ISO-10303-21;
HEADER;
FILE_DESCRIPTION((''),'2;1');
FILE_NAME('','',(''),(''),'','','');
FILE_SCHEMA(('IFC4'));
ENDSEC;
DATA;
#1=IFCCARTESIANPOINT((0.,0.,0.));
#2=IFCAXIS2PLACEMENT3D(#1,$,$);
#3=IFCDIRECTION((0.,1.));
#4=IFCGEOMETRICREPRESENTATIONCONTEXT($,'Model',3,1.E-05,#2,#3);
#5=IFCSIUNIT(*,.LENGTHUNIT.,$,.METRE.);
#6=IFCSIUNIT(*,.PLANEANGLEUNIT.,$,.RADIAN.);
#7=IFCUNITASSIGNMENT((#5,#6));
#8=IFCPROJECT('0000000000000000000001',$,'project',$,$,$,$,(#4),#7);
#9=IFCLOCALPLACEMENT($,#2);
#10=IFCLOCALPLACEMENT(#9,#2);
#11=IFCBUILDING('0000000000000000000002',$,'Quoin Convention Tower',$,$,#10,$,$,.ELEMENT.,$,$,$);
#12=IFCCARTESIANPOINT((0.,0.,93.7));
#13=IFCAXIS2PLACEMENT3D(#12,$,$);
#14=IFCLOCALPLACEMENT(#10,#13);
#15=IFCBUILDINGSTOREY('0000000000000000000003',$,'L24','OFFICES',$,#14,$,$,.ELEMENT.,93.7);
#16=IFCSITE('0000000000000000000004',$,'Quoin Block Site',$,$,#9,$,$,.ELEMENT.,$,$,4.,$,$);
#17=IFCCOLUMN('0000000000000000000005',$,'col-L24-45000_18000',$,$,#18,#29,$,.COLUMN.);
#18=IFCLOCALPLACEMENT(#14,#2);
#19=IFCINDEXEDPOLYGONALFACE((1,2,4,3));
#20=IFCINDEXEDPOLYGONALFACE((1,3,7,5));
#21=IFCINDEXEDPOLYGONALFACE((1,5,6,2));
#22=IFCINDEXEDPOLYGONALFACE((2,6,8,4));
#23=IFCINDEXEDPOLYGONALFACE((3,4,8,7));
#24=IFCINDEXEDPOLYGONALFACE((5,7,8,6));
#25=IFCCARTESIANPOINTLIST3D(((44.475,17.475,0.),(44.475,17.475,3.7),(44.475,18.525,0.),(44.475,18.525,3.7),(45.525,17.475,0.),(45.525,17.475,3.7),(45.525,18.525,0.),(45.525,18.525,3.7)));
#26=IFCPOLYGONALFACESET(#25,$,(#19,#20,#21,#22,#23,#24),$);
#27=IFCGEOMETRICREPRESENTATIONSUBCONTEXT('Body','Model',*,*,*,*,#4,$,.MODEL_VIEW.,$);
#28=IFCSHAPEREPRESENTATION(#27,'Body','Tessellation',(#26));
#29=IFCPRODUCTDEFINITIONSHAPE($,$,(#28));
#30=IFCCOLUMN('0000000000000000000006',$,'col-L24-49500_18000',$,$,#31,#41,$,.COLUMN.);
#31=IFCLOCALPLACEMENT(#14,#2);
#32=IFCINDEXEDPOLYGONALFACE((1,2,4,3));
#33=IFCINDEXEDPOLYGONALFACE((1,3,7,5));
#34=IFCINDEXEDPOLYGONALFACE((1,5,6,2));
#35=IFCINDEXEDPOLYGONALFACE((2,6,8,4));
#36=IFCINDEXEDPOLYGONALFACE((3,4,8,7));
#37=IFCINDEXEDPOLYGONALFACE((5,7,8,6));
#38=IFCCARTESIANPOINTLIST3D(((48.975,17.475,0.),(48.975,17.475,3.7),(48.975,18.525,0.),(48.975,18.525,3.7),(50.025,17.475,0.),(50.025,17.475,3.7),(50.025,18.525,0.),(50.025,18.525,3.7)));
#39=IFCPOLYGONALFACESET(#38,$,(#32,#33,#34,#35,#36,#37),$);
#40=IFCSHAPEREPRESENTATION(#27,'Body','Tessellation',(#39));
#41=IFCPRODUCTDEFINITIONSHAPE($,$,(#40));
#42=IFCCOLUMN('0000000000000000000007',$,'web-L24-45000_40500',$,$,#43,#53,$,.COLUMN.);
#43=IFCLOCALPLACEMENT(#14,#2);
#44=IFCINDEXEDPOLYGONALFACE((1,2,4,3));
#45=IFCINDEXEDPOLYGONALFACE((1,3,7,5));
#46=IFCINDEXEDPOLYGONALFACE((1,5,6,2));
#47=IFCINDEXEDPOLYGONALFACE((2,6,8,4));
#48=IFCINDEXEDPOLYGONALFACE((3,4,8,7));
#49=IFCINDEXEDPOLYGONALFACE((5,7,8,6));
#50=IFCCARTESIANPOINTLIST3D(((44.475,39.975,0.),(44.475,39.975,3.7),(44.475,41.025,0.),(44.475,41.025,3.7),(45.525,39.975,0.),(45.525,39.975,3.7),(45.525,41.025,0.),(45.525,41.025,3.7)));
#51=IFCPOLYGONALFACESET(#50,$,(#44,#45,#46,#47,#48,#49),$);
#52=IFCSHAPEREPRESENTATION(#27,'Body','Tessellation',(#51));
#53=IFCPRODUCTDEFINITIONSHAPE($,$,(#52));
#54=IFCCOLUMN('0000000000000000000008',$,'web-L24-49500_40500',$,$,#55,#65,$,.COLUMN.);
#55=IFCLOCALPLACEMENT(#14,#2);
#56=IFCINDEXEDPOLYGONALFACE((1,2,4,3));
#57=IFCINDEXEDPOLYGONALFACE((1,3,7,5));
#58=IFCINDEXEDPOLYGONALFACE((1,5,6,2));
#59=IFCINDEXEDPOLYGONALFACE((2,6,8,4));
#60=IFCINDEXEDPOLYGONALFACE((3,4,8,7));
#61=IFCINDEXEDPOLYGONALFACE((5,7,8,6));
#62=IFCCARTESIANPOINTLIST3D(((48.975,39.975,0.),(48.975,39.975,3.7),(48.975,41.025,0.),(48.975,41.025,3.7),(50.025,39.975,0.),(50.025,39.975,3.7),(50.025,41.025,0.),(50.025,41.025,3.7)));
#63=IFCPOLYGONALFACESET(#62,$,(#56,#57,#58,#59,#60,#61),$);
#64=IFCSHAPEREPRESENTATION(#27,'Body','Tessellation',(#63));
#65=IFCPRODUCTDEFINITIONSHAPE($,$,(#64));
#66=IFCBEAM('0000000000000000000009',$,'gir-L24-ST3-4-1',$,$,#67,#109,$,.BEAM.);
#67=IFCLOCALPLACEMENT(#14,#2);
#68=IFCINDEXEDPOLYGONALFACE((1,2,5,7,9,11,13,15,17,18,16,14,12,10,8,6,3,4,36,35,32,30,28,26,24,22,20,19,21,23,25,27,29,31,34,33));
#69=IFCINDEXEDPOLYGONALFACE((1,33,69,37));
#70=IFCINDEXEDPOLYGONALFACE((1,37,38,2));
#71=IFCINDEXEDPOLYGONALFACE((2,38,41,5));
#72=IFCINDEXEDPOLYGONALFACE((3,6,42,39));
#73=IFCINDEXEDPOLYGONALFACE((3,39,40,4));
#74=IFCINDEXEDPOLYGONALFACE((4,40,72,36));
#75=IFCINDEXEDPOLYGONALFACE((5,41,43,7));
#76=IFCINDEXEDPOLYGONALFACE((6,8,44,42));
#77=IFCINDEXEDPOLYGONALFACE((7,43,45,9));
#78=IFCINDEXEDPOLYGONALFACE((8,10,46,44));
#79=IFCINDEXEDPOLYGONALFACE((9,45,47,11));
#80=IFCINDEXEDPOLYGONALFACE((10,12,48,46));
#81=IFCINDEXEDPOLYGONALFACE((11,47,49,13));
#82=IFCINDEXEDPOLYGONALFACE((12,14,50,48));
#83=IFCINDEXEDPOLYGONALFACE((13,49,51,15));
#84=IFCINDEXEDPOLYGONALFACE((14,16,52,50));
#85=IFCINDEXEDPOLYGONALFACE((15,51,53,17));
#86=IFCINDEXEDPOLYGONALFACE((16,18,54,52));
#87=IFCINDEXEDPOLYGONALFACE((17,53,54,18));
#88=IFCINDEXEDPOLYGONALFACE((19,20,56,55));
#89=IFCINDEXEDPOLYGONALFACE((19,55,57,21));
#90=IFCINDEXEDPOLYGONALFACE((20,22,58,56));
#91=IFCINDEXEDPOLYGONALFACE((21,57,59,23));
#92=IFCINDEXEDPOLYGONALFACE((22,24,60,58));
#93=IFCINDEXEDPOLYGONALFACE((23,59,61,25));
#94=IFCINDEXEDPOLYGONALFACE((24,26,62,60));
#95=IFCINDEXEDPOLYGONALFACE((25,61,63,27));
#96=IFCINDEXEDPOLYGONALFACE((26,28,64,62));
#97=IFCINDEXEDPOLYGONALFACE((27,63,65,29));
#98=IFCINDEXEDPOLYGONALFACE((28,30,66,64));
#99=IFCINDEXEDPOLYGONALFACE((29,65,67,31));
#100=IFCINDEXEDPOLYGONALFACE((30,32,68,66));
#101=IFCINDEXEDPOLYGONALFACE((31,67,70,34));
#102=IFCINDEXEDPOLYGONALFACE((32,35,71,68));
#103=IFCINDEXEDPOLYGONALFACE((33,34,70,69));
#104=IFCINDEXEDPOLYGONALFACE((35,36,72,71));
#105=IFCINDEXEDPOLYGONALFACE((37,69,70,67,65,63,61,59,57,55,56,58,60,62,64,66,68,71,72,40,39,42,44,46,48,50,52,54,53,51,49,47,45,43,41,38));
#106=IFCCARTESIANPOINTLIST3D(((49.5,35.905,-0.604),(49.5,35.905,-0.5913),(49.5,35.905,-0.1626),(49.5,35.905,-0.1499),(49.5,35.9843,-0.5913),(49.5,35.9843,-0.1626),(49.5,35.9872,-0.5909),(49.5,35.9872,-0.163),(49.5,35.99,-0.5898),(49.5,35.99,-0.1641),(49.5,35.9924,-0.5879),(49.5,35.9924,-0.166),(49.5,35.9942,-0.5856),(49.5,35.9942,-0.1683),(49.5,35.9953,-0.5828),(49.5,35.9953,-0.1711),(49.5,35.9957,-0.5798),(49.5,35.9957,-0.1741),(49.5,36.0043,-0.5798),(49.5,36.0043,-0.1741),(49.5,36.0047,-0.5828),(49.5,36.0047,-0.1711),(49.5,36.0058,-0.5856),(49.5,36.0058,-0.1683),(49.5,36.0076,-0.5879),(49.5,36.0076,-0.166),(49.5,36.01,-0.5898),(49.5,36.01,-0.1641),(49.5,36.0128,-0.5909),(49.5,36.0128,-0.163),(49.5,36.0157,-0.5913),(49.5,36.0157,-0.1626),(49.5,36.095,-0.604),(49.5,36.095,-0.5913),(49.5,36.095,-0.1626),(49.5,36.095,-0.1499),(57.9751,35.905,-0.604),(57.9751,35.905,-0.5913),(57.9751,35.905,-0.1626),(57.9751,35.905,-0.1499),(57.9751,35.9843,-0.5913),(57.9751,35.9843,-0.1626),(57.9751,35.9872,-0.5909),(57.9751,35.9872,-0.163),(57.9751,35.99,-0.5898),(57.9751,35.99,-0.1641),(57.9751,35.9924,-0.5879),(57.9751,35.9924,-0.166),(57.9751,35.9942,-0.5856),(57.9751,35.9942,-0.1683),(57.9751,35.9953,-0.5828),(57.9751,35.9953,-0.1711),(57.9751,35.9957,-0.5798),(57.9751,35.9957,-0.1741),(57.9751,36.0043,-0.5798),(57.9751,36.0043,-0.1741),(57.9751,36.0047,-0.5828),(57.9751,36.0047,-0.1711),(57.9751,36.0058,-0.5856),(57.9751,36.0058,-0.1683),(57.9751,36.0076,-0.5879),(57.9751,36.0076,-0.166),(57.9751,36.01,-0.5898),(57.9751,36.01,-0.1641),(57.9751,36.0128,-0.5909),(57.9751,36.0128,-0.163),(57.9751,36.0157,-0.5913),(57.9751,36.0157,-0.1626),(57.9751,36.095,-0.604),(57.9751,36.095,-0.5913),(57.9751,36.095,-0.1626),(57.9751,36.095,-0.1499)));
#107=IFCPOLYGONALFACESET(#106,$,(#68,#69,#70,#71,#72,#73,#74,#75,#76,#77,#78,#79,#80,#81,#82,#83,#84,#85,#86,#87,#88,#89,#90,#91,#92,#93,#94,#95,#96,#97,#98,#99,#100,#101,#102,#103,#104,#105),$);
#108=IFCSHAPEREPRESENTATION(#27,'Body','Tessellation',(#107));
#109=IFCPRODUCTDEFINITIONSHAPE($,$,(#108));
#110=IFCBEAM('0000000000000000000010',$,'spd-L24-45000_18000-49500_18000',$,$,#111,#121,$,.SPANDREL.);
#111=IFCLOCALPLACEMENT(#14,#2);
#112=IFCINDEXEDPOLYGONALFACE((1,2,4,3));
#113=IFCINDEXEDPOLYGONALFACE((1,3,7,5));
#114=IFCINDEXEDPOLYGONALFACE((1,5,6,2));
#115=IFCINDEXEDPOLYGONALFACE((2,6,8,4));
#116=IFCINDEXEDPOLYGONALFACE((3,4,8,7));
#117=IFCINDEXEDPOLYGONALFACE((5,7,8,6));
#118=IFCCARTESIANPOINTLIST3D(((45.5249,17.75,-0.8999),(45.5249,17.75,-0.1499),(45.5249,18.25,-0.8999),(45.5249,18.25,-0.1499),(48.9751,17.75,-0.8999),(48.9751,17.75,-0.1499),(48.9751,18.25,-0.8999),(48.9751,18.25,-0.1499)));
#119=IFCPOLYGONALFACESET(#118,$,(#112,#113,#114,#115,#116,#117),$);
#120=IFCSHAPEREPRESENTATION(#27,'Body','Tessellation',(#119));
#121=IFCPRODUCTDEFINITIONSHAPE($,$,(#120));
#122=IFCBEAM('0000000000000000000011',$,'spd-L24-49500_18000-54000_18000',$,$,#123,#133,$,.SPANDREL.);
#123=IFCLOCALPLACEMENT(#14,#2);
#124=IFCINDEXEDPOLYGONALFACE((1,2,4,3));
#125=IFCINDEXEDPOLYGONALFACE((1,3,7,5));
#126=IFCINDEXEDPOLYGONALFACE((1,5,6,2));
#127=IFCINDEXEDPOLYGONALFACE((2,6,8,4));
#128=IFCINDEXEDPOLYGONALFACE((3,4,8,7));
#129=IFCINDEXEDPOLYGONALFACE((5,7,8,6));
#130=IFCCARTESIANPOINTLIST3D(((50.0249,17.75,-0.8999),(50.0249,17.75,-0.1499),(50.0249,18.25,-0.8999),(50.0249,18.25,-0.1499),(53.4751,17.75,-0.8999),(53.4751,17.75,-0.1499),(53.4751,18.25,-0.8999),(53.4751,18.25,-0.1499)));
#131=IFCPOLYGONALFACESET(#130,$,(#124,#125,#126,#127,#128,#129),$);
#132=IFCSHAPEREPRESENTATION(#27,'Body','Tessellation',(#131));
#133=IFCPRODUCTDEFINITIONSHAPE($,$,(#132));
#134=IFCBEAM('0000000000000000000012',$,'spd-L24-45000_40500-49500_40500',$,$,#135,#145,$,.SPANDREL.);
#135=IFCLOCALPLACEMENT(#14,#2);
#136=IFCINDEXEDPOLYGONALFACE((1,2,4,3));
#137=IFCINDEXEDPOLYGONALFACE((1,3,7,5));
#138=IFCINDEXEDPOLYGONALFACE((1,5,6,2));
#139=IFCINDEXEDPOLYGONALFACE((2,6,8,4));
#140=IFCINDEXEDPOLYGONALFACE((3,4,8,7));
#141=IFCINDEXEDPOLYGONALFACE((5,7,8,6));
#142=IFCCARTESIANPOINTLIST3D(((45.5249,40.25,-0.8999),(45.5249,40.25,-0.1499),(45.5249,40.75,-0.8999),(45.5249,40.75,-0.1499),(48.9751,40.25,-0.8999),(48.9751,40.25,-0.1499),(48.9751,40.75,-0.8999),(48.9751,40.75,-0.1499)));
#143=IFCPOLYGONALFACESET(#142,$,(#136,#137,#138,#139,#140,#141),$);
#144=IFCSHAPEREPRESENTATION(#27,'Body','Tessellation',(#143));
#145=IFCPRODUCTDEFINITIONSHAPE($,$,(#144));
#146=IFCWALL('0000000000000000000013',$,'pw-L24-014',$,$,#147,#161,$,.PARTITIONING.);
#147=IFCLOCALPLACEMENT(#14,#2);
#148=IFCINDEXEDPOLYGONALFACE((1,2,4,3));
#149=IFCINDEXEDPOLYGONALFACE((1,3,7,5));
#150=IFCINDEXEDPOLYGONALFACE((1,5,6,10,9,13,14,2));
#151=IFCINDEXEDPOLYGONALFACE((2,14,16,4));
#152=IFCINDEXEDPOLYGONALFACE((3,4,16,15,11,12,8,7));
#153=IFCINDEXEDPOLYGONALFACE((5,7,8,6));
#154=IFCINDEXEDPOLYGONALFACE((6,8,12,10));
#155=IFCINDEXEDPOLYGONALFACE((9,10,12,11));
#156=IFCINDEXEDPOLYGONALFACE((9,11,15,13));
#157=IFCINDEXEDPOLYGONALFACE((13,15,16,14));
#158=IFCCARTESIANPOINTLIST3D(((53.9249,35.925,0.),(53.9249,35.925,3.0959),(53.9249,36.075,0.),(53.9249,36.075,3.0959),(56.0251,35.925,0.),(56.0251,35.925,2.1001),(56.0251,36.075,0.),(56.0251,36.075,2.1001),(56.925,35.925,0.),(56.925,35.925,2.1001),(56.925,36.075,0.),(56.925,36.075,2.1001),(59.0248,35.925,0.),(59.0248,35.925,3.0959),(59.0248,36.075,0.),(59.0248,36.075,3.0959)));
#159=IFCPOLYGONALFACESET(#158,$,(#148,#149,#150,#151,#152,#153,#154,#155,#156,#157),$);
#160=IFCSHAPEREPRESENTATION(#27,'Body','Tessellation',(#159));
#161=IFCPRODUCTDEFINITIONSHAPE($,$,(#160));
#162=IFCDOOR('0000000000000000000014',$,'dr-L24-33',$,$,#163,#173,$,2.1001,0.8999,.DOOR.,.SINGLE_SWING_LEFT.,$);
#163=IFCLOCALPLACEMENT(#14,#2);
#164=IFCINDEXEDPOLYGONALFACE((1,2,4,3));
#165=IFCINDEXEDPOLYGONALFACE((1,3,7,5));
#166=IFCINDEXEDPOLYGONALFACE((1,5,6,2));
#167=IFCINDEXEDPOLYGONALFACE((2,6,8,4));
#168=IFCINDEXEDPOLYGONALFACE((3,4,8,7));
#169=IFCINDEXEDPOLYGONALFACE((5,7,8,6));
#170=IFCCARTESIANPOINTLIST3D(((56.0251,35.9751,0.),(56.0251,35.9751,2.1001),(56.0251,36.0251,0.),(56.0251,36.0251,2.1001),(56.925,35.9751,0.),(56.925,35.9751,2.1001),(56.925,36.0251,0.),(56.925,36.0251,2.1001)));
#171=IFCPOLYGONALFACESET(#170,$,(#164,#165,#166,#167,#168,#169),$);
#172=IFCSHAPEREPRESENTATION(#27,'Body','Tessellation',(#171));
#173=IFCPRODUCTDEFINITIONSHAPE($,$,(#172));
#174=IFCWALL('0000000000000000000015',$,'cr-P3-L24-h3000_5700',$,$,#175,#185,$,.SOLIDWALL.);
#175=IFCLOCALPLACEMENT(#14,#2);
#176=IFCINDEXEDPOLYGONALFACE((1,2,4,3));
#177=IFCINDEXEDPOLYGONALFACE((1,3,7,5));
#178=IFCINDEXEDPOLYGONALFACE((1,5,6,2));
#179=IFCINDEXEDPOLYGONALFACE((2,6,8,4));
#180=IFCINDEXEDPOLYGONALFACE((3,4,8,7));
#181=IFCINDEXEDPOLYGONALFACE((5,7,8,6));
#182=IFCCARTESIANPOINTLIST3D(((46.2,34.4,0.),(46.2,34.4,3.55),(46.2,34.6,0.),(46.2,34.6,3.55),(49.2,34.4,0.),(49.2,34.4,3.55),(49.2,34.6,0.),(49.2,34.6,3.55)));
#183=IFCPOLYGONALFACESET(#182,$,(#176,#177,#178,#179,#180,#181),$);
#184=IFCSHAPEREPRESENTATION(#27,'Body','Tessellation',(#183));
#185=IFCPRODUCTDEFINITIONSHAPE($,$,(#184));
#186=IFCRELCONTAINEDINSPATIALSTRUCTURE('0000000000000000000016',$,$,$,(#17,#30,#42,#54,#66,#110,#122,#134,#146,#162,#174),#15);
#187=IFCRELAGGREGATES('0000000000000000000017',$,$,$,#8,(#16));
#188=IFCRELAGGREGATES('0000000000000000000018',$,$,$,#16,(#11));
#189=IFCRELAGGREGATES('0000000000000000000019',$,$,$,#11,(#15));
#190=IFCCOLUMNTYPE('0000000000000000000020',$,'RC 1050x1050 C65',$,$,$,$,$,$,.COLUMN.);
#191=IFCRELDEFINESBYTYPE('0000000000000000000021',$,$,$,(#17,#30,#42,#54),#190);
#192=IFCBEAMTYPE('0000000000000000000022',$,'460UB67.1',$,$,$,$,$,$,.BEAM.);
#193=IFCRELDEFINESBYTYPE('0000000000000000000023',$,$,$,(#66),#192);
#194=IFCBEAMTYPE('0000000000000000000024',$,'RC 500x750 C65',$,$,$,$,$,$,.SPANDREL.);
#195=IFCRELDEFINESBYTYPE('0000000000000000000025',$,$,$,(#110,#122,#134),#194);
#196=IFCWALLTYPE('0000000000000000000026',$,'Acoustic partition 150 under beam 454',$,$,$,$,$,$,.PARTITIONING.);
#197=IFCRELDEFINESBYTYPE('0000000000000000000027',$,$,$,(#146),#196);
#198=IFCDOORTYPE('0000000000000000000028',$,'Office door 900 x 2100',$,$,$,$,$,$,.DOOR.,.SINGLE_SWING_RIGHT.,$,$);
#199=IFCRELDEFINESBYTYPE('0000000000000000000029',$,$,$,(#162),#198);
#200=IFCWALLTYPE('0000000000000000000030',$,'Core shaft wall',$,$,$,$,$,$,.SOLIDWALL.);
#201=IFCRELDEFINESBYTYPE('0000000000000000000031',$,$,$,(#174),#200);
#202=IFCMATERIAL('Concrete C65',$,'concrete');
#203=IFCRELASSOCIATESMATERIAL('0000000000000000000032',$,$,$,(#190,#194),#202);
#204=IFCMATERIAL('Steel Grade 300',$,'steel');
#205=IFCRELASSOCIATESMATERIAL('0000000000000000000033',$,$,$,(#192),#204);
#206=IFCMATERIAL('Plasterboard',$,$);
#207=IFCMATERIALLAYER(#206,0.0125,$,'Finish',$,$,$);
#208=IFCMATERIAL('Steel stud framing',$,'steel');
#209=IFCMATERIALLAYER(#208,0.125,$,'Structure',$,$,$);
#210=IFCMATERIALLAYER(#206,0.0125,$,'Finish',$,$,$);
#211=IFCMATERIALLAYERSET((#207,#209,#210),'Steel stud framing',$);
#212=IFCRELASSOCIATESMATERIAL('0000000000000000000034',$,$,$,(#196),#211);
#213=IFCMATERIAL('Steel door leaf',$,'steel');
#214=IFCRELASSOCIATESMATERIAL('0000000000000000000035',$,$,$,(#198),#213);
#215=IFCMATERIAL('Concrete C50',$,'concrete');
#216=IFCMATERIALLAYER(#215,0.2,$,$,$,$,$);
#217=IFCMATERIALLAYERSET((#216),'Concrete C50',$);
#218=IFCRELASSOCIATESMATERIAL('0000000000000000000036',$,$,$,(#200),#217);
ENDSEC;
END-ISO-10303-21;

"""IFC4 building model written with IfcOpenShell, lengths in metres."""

from ifc_helpers import new_model, si_unit, direction, frame, frame_2d, origin, origin_2d, place, context, subcontext, project, spatial, rectangle, i_section, extrude, material, layer, layer_set, material_profile, profile_set, type_object, element, fill, save


model = new_model("IFC4")

# Units and contexts
model_context = context("Model", 3, precision=1e-05, world=origin(), true_north=direction((0.0, 1.0)))
body_context = subcontext(model_context, "Body", "Model", "MODEL_VIEW")
ifc_project = project(units=[si_unit("LENGTHUNIT", "METRE"), si_unit("PLANEANGLEUNIT", "RADIAN")], contexts=[model_context])

# Site, building, storey
site_placement = place(None, origin())
site = spatial("IfcSite", under=ifc_project, at=site_placement, Name="Quoin Block Site", CompositionType="ELEMENT", RefElevation=4.0)
building_placement = place(site_placement, origin())
building = spatial("IfcBuilding", under=site, at=building_placement, Name="Quoin Convention Tower", CompositionType="ELEMENT")
storey_placement = place(building_placement, frame((0.0, 0.0, 93.7)))
storey = spatial("IfcBuildingStorey", under=building, at=storey_placement, Name="L24", Description="OFFICES", CompositionType="ELEMENT", Elevation=93.7)

# Columns
ifc_material_1 = material(Name="Concrete C65", Category="concrete")
ifc_material_profile_1 = material_profile(ifc_material_1, rectangle(XDim=1.05, YDim=1.05, at=origin_2d()), Name="RC 1050x1050")
ifc_profile_set_1 = profile_set([ifc_material_profile_1], Name="Concrete C65")
column_type = type_object("IfcColumnType", Name="RC 1050x1050 C65", PredefinedType="COLUMN", material=ifc_profile_set_1)
for number, where, z_axis, x_axis, name in (
    (1, (45.0, 18.0, 0.0), (0.0, 0.0, 1.0), (1.0, 0.0, 0.0), "col-L24-45000_18000"),
    (2, (49.5, 18.0, 0.0), (0.0, 0.0, 1.0), (1.0, 0.0, 0.0), "col-L24-49500_18000"),
    (3, (45.0, 40.5, 0.0), (0.0, 0.0, 1.0), (1.0, 0.0, 0.0), "web-L24-45000_40500"),
    (4, (49.5, 40.5, 0.0), (0.0, 0.0, 1.0), (1.0, 0.0, 0.0), "web-L24-49500_40500"),
):
    element("IfcColumn", number, at=place(storey_placement, frame(where, z_axis=z_axis, x_axis=x_axis)), inside=storey, type_object=column_type, Name=name, PredefinedType="COLUMN", context=body_context, shape_type="SweptSolid", body=[
        extrude(rectangle(XDim=1.05, YDim=1.05, at=origin_2d()), origin(), (0.0, 0.0, 1.0), 3.7),
    ])

# Beams
ifc_material_2 = material(Name="Steel Grade 300", Category="steel")
ifc_material_profile_2 = material_profile(ifc_material_2, i_section(OverallWidth=0.1899, OverallDepth=0.4541, WebThickness=0.0085, FlangeThickness=0.0127, FilletRadius=0.0115, at=origin_2d()), Name="460UB67.1")
ifc_profile_set_2 = profile_set([ifc_material_profile_2], Name="Steel Grade 300")
beam_type_1 = type_object("IfcBeamType", Name="460UB67.1", PredefinedType="BEAM", material=ifc_profile_set_2)
beam_placement = place(storey_placement, frame((49.5, 36.0, -0.377), z_axis=(1.0, 0.0, 0.0), x_axis=(0.0, 1.0, 0.0)))
element("IfcBeam", 5, at=beam_placement, inside=storey, type_object=beam_type_1, Name="gir-L24-ST3-4-1", PredefinedType="BEAM", context=body_context, shape_type="SweptSolid", body=[
    extrude(i_section(OverallWidth=0.1899, OverallDepth=0.4541, WebThickness=0.0085, FlangeThickness=0.0127, FilletRadius=0.0115, at=origin_2d()), origin(), (0.0, 0.0, 1.0), 8.4751),
])
ifc_material_profile_3 = material_profile(ifc_material_1, rectangle(XDim=0.5, YDim=0.75, at=origin_2d()), Name="RC 500x750")
ifc_profile_set_3 = profile_set([ifc_material_profile_3], Name="Concrete C65")
beam_type_2 = type_object("IfcBeamType", Name="RC 500x750 C65", PredefinedType="SPANDREL", material=ifc_profile_set_3)
for number, where, z_axis, x_axis, name in (
    (6, (45.5249, 18.0, -0.5249), (1.0, 0.0, 0.0), (0.0, 1.0, 0.0), "spd-L24-45000_18000-49500_18000"),
    (7, (50.0249, 18.0, -0.5249), (1.0, 0.0, 0.0), (0.0, 1.0, 0.0), "spd-L24-49500_18000-54000_18000"),
    (8, (45.5249, 40.5, -0.5249), (1.0, 0.0, 0.0), (0.0, 1.0, 0.0), "spd-L24-45000_40500-49500_40500"),
):
    element("IfcBeam", number, at=place(storey_placement, frame(where, z_axis=z_axis, x_axis=x_axis)), inside=storey, type_object=beam_type_2, Name=name, PredefinedType="SPANDREL", context=body_context, shape_type="SweptSolid", body=[
        extrude(rectangle(XDim=0.5, YDim=0.75, at=origin_2d()), origin(), (0.0, 0.0, 1.0), 3.4502),
    ])

# Wall, opening, door
ifc_material_3 = material(Name="Plasterboard")
ifc_layer_1 = layer(ifc_material_3, 0.0125, Name="Finish")
ifc_material_4 = material(Name="Steel stud framing", Category="steel")
ifc_layer_2 = layer(ifc_material_4, 0.125, Name="Structure")
ifc_layer_3 = layer(ifc_material_3, 0.0125, Name="Finish")
ifc_layer_set_1 = layer_set([ifc_layer_1, ifc_layer_2, ifc_layer_3], Name="Steel stud framing")
wall_type_1 = type_object("IfcWallType", Name="Acoustic partition 150 under beam 454", PredefinedType="PARTITIONING", material=ifc_layer_set_1)
wall_1_placement = place(storey_placement, frame((53.925, 36.0, 0.0), z_axis=(0.0, 0.0, 1.0), x_axis=(1.0, 0.0, 0.0)))
wall_1 = element("IfcWall", 9, at=wall_1_placement, inside=storey, type_object=wall_type_1, Name="pw-L24-014", PredefinedType="PARTITIONING", context=body_context, shape_type="SweptSolid", body=[
    extrude(rectangle(XDim=5.0999, YDim=0.1499, at=frame_2d((2.5498, 0.0))), origin(), (0.0, 0.0, 1.0), 3.0959),
])
opening_1_placement = place(wall_1_placement, frame((2.1001, 0.0, 0.0)))
opening_1 = element("IfcOpeningElement", 10, at=opening_1_placement, cuts=wall_1, PredefinedType="OPENING", context=body_context, shape_type="SweptSolid", body=[
    extrude(rectangle(XDim=0.8999, YDim=2.1001, at=frame_2d((0.45, 1.05))), frame((0.0, 0.085, 0.0), z_axis=(0.0, -1.0, 0.0), x_axis=(1.0, 0.0, 0.0)), (0.0, 0.0, 1.0), 0.1699),
])
ifc_material_5 = material(Name="Steel door leaf", Category="steel")
door_type_1 = type_object("IfcDoorType", Name="Office door 900 x 2100", OperationType="SINGLE_SWING_RIGHT", PredefinedType="DOOR", material=ifc_material_5)
door_1_placement = place(opening_1_placement, frame((0.8999, 0.0, 0.0), z_axis=(0.0, 0.0, 1.0), x_axis=(-1.0, 0.0, 0.0)))
door_1 = element("IfcDoor", 11, at=door_1_placement, inside=storey, type_object=door_type_1, Name="dr-L24-33", OperationType="SINGLE_SWING_LEFT", OverallHeight=2.1001, OverallWidth=0.8999, PredefinedType="DOOR", context=body_context, shape_type="SweptSolid", body=[
    extrude(rectangle(XDim=0.8999, YDim=2.1001, at=frame_2d((0.45, 1.05))), frame((0.0, 0.0249, 0.0), z_axis=(0.0, -1.0, 0.0), x_axis=(1.0, 0.0, 0.0)), (0.0, 0.0, 1.0), 0.05),
])
fill(opening_1, door_1)

# Wall
ifc_material_6 = material(Name="Concrete C50", Category="concrete")
ifc_layer_4 = layer(ifc_material_6, 0.2)
ifc_layer_set_2 = layer_set([ifc_layer_4], Name="Concrete C50")
wall_type_2 = type_object("IfcWallType", Name="Core shaft wall", PredefinedType="SOLIDWALL", material=ifc_layer_set_2)
wall_2_placement = place(storey_placement, frame((46.2, 34.5, 0.0), z_axis=(0.0, 0.0, 1.0), x_axis=(1.0, 0.0, 0.0)))
element("IfcWall", 12, at=wall_2_placement, inside=storey, type_object=wall_type_2, Name="cr-P3-L24-h3000_5700", PredefinedType="SOLIDWALL", context=body_context, shape_type="SweptSolid", body=[
    extrude(rectangle(XDim=3.0, YDim=0.2, at=frame_2d((1.5, 0.0))), origin(), (0.0, 0.0, 1.0), 3.55),
])

save(model, "model.ifc")
